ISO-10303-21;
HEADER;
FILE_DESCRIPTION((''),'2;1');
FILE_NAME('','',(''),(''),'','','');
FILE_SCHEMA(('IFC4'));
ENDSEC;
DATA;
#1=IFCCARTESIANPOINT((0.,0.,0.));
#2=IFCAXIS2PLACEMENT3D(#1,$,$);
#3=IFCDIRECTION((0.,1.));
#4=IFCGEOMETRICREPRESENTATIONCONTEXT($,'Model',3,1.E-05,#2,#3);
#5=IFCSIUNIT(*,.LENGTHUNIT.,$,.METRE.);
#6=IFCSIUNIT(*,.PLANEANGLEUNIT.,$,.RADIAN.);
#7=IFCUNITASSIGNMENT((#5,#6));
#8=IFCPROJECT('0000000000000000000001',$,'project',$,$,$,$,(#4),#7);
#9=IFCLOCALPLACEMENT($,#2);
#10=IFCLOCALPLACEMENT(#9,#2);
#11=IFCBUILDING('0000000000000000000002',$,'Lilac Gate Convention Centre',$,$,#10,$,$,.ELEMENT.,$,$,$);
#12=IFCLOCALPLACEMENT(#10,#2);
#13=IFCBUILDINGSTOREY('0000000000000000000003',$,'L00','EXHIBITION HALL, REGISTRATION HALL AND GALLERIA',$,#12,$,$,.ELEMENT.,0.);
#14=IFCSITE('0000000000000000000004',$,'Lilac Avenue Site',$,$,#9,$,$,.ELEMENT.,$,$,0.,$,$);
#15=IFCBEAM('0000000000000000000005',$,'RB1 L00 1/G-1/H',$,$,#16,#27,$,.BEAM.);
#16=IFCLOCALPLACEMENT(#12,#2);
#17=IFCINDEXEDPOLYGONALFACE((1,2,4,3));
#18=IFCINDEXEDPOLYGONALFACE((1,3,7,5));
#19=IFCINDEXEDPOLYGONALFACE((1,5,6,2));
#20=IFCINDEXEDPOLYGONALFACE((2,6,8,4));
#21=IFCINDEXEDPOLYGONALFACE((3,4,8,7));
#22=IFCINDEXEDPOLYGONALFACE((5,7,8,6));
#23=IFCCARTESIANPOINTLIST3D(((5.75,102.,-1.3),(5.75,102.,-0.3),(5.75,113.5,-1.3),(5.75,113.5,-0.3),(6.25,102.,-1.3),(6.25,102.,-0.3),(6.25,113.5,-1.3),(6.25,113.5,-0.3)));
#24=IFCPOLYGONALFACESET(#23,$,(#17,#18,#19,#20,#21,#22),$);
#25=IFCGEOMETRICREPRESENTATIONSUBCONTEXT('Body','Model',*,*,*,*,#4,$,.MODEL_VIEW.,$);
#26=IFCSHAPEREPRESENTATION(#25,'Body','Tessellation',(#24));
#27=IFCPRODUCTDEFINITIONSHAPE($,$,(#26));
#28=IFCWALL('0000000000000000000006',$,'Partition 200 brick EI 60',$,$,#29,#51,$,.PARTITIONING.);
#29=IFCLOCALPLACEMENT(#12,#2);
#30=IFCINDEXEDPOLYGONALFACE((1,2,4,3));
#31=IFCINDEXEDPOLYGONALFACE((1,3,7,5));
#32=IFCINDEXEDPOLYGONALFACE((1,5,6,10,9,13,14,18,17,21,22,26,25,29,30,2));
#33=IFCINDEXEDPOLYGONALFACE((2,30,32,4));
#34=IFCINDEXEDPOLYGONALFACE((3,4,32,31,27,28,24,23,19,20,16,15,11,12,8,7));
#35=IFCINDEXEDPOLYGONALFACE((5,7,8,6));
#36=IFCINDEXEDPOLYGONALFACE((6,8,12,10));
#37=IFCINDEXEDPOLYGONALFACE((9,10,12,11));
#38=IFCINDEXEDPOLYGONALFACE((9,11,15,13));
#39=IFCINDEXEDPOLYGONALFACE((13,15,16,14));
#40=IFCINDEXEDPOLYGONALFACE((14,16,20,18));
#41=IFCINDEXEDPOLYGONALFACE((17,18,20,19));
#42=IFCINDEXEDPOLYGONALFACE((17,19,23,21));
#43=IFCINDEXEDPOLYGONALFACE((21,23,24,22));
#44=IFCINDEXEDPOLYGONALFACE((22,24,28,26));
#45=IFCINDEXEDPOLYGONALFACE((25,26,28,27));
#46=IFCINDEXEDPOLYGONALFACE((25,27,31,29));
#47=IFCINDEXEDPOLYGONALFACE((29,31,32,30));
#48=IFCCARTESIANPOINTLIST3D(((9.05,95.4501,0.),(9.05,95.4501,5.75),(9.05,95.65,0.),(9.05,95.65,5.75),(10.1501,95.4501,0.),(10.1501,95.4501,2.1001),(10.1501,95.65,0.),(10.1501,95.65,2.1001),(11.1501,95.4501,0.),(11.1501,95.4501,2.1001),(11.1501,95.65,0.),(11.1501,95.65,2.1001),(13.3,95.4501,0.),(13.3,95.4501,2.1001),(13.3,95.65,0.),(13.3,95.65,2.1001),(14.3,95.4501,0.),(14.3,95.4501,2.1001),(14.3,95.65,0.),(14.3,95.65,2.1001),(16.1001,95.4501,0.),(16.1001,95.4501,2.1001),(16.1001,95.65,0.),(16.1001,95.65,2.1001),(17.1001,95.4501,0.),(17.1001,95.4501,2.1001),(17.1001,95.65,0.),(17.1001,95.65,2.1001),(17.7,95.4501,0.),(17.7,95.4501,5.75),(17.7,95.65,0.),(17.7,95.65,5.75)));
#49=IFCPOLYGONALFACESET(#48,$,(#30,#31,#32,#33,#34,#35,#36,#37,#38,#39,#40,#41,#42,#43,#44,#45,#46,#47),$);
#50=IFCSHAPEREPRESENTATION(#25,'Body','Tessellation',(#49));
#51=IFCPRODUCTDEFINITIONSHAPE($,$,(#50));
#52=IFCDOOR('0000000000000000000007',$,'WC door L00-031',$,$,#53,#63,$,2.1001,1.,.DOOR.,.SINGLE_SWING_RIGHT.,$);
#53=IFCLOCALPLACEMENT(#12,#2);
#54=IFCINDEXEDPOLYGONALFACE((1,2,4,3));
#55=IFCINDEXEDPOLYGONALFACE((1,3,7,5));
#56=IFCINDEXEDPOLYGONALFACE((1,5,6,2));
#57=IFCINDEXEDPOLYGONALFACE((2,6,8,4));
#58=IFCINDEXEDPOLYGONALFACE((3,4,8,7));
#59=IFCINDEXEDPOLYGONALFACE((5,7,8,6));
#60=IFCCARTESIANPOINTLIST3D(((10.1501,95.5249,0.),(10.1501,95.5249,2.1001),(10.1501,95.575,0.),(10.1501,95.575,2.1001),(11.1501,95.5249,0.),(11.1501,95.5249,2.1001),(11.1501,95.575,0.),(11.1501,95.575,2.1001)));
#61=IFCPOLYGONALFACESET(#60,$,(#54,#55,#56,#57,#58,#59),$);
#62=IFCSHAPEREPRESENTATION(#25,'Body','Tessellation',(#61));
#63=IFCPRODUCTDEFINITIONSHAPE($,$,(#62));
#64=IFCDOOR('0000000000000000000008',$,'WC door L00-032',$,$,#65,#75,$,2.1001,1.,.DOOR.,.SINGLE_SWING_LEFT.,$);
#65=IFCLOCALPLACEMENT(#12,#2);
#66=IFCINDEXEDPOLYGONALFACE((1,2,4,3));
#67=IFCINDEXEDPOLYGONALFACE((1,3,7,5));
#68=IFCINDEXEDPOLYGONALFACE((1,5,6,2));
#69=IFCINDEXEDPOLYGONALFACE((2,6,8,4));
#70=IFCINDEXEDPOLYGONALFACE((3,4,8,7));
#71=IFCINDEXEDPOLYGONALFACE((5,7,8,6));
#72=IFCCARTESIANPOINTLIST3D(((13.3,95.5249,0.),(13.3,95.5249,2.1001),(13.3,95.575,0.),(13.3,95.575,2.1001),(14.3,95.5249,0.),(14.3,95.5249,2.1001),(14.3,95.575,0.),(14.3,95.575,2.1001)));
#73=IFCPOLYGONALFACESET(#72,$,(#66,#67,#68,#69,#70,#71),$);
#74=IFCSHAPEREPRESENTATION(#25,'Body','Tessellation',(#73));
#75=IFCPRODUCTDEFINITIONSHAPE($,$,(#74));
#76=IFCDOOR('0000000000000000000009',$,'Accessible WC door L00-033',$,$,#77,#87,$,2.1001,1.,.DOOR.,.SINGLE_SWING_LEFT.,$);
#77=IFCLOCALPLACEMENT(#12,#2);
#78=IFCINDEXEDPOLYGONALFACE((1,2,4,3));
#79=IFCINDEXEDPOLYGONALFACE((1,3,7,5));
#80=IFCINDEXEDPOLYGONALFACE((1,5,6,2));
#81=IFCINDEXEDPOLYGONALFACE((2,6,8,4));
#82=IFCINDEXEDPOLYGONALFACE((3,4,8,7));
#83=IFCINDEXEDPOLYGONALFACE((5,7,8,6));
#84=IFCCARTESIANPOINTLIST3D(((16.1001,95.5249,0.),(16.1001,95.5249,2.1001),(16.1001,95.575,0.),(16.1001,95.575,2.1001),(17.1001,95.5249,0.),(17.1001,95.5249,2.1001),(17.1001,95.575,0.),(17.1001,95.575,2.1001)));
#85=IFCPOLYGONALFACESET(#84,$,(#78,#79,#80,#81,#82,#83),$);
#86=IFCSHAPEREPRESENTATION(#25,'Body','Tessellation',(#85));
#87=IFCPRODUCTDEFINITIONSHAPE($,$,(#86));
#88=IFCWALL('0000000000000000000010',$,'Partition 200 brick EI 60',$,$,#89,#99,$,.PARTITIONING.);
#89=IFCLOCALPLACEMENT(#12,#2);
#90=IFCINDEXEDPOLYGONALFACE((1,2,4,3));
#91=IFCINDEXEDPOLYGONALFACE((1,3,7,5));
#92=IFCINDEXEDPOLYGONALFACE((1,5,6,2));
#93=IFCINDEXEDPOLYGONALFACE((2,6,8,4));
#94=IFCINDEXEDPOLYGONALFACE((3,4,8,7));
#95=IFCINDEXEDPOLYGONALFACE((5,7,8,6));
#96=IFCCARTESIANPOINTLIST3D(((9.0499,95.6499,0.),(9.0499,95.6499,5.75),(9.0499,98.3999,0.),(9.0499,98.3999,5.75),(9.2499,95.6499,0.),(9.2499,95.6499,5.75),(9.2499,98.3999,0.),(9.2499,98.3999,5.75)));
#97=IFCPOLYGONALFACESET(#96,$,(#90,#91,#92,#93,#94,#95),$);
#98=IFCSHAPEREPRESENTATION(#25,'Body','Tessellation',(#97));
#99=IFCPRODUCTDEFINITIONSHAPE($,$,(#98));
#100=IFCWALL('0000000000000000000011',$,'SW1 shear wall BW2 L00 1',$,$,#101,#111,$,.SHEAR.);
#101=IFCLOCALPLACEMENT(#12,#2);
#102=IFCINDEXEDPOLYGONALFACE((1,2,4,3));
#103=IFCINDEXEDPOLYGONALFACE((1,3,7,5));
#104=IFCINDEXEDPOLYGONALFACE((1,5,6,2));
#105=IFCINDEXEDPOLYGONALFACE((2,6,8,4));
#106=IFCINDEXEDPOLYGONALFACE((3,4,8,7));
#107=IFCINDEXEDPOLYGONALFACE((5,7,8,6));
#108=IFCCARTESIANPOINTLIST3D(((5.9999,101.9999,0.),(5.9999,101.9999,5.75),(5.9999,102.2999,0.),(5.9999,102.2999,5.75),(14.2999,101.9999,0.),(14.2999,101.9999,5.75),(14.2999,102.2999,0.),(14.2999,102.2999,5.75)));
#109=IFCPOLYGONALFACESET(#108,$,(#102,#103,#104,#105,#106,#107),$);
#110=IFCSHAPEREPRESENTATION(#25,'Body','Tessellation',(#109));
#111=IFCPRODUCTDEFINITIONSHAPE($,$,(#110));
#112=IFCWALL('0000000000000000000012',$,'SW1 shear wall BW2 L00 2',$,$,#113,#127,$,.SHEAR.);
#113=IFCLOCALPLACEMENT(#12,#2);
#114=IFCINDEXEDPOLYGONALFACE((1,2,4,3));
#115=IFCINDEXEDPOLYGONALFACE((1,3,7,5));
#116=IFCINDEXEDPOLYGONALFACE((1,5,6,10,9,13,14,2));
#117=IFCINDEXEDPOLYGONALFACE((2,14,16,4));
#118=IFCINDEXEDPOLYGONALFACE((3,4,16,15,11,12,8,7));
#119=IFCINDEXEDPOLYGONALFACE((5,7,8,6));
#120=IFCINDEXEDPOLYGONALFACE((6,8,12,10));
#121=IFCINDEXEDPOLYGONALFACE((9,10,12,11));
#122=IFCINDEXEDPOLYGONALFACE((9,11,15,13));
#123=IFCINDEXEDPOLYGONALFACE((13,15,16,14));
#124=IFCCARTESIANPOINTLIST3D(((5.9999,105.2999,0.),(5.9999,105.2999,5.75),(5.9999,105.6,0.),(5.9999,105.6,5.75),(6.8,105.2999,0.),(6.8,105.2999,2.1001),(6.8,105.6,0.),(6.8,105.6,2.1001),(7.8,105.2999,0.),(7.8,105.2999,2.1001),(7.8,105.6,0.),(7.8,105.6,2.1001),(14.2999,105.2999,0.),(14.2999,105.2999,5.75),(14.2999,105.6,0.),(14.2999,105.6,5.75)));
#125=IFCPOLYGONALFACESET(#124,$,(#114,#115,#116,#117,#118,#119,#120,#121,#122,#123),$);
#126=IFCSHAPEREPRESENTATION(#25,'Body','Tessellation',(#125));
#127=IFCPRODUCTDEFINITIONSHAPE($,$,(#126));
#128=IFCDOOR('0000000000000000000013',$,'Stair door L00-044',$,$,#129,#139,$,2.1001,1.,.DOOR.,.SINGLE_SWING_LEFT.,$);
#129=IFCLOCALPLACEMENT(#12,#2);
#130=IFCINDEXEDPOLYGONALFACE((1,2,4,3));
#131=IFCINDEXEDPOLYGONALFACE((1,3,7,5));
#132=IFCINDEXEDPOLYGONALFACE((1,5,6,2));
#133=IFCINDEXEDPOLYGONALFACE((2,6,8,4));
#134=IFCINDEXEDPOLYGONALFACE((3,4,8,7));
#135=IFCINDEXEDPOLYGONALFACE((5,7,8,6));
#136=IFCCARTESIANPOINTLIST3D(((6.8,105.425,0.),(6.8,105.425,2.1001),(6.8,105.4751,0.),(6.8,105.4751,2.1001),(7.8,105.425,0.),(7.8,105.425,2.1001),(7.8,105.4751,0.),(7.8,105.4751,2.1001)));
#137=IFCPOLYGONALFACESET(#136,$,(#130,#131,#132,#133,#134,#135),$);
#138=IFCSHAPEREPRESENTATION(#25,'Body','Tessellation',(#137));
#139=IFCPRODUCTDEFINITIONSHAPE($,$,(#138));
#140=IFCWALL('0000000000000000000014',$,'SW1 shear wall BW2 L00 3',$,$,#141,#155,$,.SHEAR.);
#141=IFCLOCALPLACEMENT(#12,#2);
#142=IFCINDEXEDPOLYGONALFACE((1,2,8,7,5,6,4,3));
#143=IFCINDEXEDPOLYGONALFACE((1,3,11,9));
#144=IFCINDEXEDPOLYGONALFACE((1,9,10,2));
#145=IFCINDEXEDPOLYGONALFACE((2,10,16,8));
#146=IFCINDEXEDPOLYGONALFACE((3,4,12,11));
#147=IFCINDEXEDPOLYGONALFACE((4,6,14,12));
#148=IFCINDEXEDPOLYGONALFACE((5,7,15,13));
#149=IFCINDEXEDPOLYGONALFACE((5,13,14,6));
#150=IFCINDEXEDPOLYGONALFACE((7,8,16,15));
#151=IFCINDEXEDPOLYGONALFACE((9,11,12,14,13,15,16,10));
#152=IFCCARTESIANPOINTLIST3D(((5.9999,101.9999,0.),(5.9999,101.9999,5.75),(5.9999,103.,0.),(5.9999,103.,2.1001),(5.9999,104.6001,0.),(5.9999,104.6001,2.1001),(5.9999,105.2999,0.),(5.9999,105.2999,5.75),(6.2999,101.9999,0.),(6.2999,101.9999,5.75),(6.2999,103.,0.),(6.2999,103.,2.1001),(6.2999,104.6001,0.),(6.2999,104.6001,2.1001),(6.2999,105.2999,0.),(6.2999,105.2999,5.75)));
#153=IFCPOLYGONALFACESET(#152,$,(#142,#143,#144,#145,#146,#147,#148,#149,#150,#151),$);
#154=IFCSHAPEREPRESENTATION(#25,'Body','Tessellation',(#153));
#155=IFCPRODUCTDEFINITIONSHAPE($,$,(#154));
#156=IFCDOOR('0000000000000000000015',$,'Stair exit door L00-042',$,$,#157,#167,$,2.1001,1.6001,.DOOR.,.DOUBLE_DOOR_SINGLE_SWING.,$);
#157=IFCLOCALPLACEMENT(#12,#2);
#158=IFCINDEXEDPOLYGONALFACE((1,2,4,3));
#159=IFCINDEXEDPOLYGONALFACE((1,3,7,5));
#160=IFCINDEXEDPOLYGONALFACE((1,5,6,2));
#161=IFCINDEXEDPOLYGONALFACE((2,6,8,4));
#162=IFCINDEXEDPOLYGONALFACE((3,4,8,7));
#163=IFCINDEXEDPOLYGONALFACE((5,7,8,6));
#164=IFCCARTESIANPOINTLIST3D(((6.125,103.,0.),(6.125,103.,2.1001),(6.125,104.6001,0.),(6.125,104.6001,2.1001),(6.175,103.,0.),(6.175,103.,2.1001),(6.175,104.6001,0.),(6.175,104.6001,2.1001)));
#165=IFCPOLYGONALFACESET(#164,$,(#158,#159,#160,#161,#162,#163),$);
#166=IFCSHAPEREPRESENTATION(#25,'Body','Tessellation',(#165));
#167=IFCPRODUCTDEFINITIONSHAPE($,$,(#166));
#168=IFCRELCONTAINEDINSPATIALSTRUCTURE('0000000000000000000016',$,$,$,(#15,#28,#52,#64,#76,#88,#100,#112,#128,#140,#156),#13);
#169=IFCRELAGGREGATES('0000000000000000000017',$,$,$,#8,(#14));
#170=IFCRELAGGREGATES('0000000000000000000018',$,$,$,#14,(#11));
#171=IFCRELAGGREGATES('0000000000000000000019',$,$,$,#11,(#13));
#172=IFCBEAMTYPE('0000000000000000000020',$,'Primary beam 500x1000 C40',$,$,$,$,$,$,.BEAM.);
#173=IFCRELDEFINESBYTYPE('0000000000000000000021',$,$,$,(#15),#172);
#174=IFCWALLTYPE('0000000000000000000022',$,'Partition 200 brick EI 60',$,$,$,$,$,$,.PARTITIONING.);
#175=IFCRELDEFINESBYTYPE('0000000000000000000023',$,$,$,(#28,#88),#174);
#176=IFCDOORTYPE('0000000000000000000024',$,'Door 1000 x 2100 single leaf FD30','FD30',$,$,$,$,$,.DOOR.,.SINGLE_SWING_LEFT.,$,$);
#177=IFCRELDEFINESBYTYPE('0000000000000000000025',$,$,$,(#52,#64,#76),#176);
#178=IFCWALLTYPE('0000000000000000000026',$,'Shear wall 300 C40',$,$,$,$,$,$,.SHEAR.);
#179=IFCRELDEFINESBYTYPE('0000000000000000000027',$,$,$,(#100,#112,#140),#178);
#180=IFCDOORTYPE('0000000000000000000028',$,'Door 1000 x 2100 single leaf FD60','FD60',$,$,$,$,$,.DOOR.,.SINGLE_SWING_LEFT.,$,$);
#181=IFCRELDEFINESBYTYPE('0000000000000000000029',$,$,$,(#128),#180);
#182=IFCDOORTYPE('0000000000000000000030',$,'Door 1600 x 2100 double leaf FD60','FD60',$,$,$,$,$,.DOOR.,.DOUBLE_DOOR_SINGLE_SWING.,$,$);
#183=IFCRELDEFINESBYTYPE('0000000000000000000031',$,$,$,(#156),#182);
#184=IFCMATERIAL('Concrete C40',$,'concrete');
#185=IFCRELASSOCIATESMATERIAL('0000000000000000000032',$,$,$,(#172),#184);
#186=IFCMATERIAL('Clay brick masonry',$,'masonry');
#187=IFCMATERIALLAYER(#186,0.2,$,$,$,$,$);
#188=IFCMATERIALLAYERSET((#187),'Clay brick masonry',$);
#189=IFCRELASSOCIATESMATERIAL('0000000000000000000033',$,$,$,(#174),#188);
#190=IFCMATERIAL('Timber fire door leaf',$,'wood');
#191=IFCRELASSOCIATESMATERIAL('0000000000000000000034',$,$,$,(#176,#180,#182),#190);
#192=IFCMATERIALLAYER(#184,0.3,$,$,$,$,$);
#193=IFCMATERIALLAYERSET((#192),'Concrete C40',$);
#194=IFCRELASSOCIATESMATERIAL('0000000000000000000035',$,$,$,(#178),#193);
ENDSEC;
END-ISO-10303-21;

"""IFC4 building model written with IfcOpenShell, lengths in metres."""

from ifc_helpers import new_model, si_unit, direction, frame, frame_2d, origin, origin_2d, place, context, subcontext, project, spatial, rectangle, extrude, material, layer, layer_set, material_profile, profile_set, type_object, element, fill, save


model = new_model("IFC4")

# Units and contexts
model_context = context("Model", 3, precision=1e-05, world=origin(), true_north=direction((0.0, 1.0)))
body_context = subcontext(model_context, "Body", "Model", "MODEL_VIEW")
ifc_project = project(units=[si_unit("LENGTHUNIT", "METRE"), si_unit("PLANEANGLEUNIT", "RADIAN")], contexts=[model_context])

# Site, building, storey
site_placement = place(None, origin())
site = spatial("IfcSite", under=ifc_project, at=site_placement, Name="Lilac Avenue Site", CompositionType="ELEMENT", RefElevation=0.0)
building_placement = place(site_placement, origin())
building = spatial("IfcBuilding", under=site, at=building_placement, Name="Lilac Gate Convention Centre", CompositionType="ELEMENT")
storey_placement = place(building_placement, origin())
storey = spatial("IfcBuildingStorey", under=building, at=storey_placement, Name="L00", Description="EXHIBITION HALL, REGISTRATION HALL AND GALLERIA", CompositionType="ELEMENT", Elevation=0.0)

# Beam
ifc_material_1 = material(Name="Concrete C40", Category="concrete")
ifc_material_profile = material_profile(ifc_material_1, rectangle(XDim=0.5, YDim=1.0, at=origin_2d()), Name="RC 500x1000")
ifc_profile_set = profile_set([ifc_material_profile], Name="Concrete C40")
beam_type = type_object("IfcBeamType", Name="Primary beam 500x1000 C40", PredefinedType="BEAM", material=ifc_profile_set)
beam_placement = place(storey_placement, frame((6.0, 102.0, -0.8), z_axis=(0.0, 1.0, 0.0), x_axis=(-1.0, 0.0, 0.0)))
element("IfcBeam", 1, at=beam_placement, inside=storey, type_object=beam_type, Name="RB1 L00 1/G-1/H", PredefinedType="BEAM", context=body_context, shape_type="SweptSolid", body=[
    extrude(rectangle(XDim=0.5, YDim=1.0, at=origin_2d()), origin(), (0.0, 0.0, 1.0), 11.5),
])

# Wall, openings, doors
ifc_material_2 = material(Name="Clay brick masonry", Category="masonry")
ifc_layer_1 = layer(ifc_material_2, 0.2)
ifc_layer_set_1 = layer_set([ifc_layer_1], Name="Clay brick masonry")
wall_type_1 = type_object("IfcWallType", Name="Partition 200 brick EI 60", PredefinedType="PARTITIONING", material=ifc_layer_set_1)
wall_1_placement = place(storey_placement, frame((9.05, 95.55, 0.0), z_axis=(0.0, 0.0, 1.0), x_axis=(1.0, 0.0, 0.0)))
wall_1 = element("IfcWall", 2, at=wall_1_placement, inside=storey, type_object=wall_type_1, Name="Partition 200 brick EI 60", PredefinedType="PARTITIONING", context=body_context, shape_type="SweptSolid", body=[
    extrude(rectangle(XDim=8.6499, YDim=0.2, at=frame_2d((4.325, 0.0))), origin(), (0.0, 0.0, 1.0), 5.75),
])
opening_1_placement = place(wall_1_placement, frame((1.1001, 0.0, 0.0)))
opening_1 = element("IfcOpeningElement", 3, at=opening_1_placement, cuts=wall_1, PredefinedType="OPENING", context=body_context, shape_type="SweptSolid", body=[
    extrude(rectangle(XDim=1.0, YDim=2.1001, at=frame_2d((0.5, 1.05))), frame((0.0, 0.1099, 0.0), z_axis=(0.0, -1.0, 0.0), x_axis=(1.0, 0.0, 0.0)), (0.0, 0.0, 1.0), 0.22),
])
opening_2_placement = place(wall_1_placement, frame((4.25, 0.0, 0.0)))
opening_2 = element("IfcOpeningElement", 4, at=opening_2_placement, cuts=wall_1, PredefinedType="OPENING", context=body_context, shape_type="SweptSolid", body=[
    extrude(rectangle(XDim=1.0, YDim=2.1001, at=frame_2d((0.5, 1.05))), frame((0.0, 0.1099, 0.0), z_axis=(0.0, -1.0, 0.0), x_axis=(1.0, 0.0, 0.0)), (0.0, 0.0, 1.0), 0.22),
])
opening_3_placement = place(wall_1_placement, frame((7.05, 0.0, 0.0)))
opening_3 = element("IfcOpeningElement", 5, at=opening_3_placement, cuts=wall_1, PredefinedType="OPENING", context=body_context, shape_type="SweptSolid", body=[
    extrude(rectangle(XDim=1.0, YDim=2.1001, at=frame_2d((0.5, 1.05))), frame((0.0, 0.1099, 0.0), z_axis=(0.0, -1.0, 0.0), x_axis=(1.0, 0.0, 0.0)), (0.0, 0.0, 1.0), 0.22),
])
ifc_material_3 = material(Name="Timber fire door leaf", Category="wood")
door_type_1 = type_object("IfcDoorType", Name="Door 1000 x 2100 single leaf FD30", Description="FD30", OperationType="SINGLE_SWING_LEFT", PredefinedType="DOOR", material=ifc_material_3)
door_1_placement = place(opening_1_placement, origin())
door_1 = element("IfcDoor", 6, at=door_1_placement, inside=storey, type_object=door_type_1, Name="WC door L00-031", OperationType="SINGLE_SWING_RIGHT", OverallHeight=2.1001, OverallWidth=1.0, PredefinedType="DOOR", context=body_context, shape_type="SweptSolid", body=[
    extrude(rectangle(XDim=1.0, YDim=2.1001, at=frame_2d((0.5, 1.05))), frame((0.0, 0.0249, 0.0), z_axis=(0.0, -1.0, 0.0), x_axis=(1.0, 0.0, 0.0)), (0.0, 0.0, 1.0), 0.05),
])
fill(opening_1, door_1)
door_2_placement = place(opening_2_placement, origin())
door_2 = element("IfcDoor", 7, at=door_2_placement, inside=storey, type_object=door_type_1, Name="WC door L00-032", OperationType="SINGLE_SWING_LEFT", OverallHeight=2.1001, OverallWidth=1.0, PredefinedType="DOOR", context=body_context, shape_type="SweptSolid", body=[
    extrude(rectangle(XDim=1.0, YDim=2.1001, at=frame_2d((0.5, 1.05))), frame((0.0, 0.0249, 0.0), z_axis=(0.0, -1.0, 0.0), x_axis=(1.0, 0.0, 0.0)), (0.0, 0.0, 1.0), 0.05),
])
fill(opening_2, door_2)
door_3_placement = place(opening_3_placement, origin())
door_3 = element("IfcDoor", 8, at=door_3_placement, inside=storey, type_object=door_type_1, Name="Accessible WC door L00-033", OperationType="SINGLE_SWING_LEFT", OverallHeight=2.1001, OverallWidth=1.0, PredefinedType="DOOR", context=body_context, shape_type="SweptSolid", body=[
    extrude(rectangle(XDim=1.0, YDim=2.1001, at=frame_2d((0.5, 1.05))), frame((0.0, 0.0249, 0.0), z_axis=(0.0, -1.0, 0.0), x_axis=(1.0, 0.0, 0.0)), (0.0, 0.0, 1.0), 0.05),
])
fill(opening_3, door_3)

# Walls
wall_2_placement = place(storey_placement, frame((9.1499, 95.6499, 0.0), z_axis=(0.0, 0.0, 1.0), x_axis=(0.0, 1.0, 0.0)))
element("IfcWall", 9, at=wall_2_placement, inside=storey, type_object=wall_type_1, Name="Partition 200 brick EI 60", PredefinedType="PARTITIONING", context=body_context, shape_type="SweptSolid", body=[
    extrude(rectangle(XDim=2.75, YDim=0.2, at=frame_2d((1.375, 0.0))), origin(), (0.0, 0.0, 1.0), 5.75),
])
ifc_layer_2 = layer(ifc_material_1, 0.3)
ifc_layer_set_2 = layer_set([ifc_layer_2], Name="Concrete C40")
wall_type_2 = type_object("IfcWallType", Name="Shear wall 300 C40", PredefinedType="SHEAR", material=ifc_layer_set_2)
wall_3_placement = place(storey_placement, frame((6.0, 102.1499, 0.0), z_axis=(0.0, 0.0, 1.0), x_axis=(1.0, 0.0, 0.0)))
element("IfcWall", 10, at=wall_3_placement, inside=storey, type_object=wall_type_2, Name="SW1 shear wall BW2 L00 1", PredefinedType="SHEAR", context=body_context, shape_type="SweptSolid", body=[
    extrude(rectangle(XDim=8.3, YDim=0.3, at=frame_2d((4.1499, 0.0))), origin(), (0.0, 0.0, 1.0), 5.75),
])

# Walls, openings, doors
wall_4_placement = place(storey_placement, frame((6.0, 105.45, 0.0), z_axis=(0.0, 0.0, 1.0), x_axis=(1.0, 0.0, 0.0)))
wall_4 = element("IfcWall", 11, at=wall_4_placement, inside=storey, type_object=wall_type_2, Name="SW1 shear wall BW2 L00 2", PredefinedType="SHEAR", context=body_context, shape_type="SweptSolid", body=[
    extrude(rectangle(XDim=8.3, YDim=0.3, at=frame_2d((4.1499, 0.0))), origin(), (0.0, 0.0, 1.0), 5.75),
])
opening_4_placement = place(wall_4_placement, frame((0.8, 0.0, 0.0)))
opening_4 = element("IfcOpeningElement", 12, at=opening_4_placement, cuts=wall_4, PredefinedType="OPENING", context=body_context, shape_type="SweptSolid", body=[
    extrude(rectangle(XDim=1.0, YDim=2.1001, at=frame_2d((0.5, 1.05))), frame((0.0, 0.1599, 0.0), z_axis=(0.0, -1.0, 0.0), x_axis=(1.0, 0.0, 0.0)), (0.0, 0.0, 1.0), 0.3201),
])
door_type_2 = type_object("IfcDoorType", Name="Door 1000 x 2100 single leaf FD60", Description="FD60", OperationType="SINGLE_SWING_LEFT", PredefinedType="DOOR", material=ifc_material_3)
door_4_placement = place(opening_4_placement, frame((1.0, 0.0, 0.0), z_axis=(0.0, 0.0, 1.0), x_axis=(-1.0, 0.0, 0.0)))
door_4 = element("IfcDoor", 13, at=door_4_placement, inside=storey, type_object=door_type_2, Name="Stair door L00-044", OperationType="SINGLE_SWING_LEFT", OverallHeight=2.1001, OverallWidth=1.0, PredefinedType="DOOR", context=body_context, shape_type="SweptSolid", body=[
    extrude(rectangle(XDim=1.0, YDim=2.1001, at=frame_2d((0.5, 1.05))), frame((0.0, 0.0249, 0.0), z_axis=(0.0, -1.0, 0.0), x_axis=(1.0, 0.0, 0.0)), (0.0, 0.0, 1.0), 0.05),
])
fill(opening_4, door_4)
wall_5_placement = place(storey_placement, frame((6.1499, 102.0, 0.0), z_axis=(0.0, 0.0, 1.0), x_axis=(0.0, 1.0, 0.0)))
wall_5 = element("IfcWall", 14, at=wall_5_placement, inside=storey, type_object=wall_type_2, Name="SW1 shear wall BW2 L00 3", PredefinedType="SHEAR", context=body_context, shape_type="SweptSolid", body=[
    extrude(rectangle(XDim=3.3, YDim=0.3, at=frame_2d((1.6499, 0.0))), origin(), (0.0, 0.0, 1.0), 5.75),
])
opening_5_placement = place(wall_5_placement, frame((1.0, 0.0, 0.0)))
opening_5 = element("IfcOpeningElement", 15, at=opening_5_placement, cuts=wall_5, PredefinedType="OPENING", context=body_context, shape_type="SweptSolid", body=[
    extrude(rectangle(XDim=1.6001, YDim=2.1001, at=frame_2d((0.8, 1.05))), frame((0.0, 0.1599, 0.0), z_axis=(0.0, -1.0, 0.0), x_axis=(1.0, 0.0, 0.0)), (0.0, 0.0, 1.0), 0.3201),
])
door_type_3 = type_object("IfcDoorType", Name="Door 1600 x 2100 double leaf FD60", Description="FD60", OperationType="DOUBLE_DOOR_SINGLE_SWING", PredefinedType="DOOR", material=ifc_material_3)
door_5_placement = place(opening_5_placement, origin())
door_5 = element("IfcDoor", 16, at=door_5_placement, inside=storey, type_object=door_type_3, Name="Stair exit door L00-042", OperationType="DOUBLE_DOOR_SINGLE_SWING", OverallHeight=2.1001, OverallWidth=1.6001, PredefinedType="DOOR", context=body_context, shape_type="SweptSolid", body=[
    extrude(rectangle(XDim=1.6001, YDim=2.1001, at=frame_2d((0.8, 1.05))), frame((0.0, 0.0249, 0.0), z_axis=(0.0, -1.0, 0.0), x_axis=(1.0, 0.0, 0.0)), (0.0, 0.0, 1.0), 0.05),
])
fill(opening_5, door_5)

save(model, "model.ifc")
